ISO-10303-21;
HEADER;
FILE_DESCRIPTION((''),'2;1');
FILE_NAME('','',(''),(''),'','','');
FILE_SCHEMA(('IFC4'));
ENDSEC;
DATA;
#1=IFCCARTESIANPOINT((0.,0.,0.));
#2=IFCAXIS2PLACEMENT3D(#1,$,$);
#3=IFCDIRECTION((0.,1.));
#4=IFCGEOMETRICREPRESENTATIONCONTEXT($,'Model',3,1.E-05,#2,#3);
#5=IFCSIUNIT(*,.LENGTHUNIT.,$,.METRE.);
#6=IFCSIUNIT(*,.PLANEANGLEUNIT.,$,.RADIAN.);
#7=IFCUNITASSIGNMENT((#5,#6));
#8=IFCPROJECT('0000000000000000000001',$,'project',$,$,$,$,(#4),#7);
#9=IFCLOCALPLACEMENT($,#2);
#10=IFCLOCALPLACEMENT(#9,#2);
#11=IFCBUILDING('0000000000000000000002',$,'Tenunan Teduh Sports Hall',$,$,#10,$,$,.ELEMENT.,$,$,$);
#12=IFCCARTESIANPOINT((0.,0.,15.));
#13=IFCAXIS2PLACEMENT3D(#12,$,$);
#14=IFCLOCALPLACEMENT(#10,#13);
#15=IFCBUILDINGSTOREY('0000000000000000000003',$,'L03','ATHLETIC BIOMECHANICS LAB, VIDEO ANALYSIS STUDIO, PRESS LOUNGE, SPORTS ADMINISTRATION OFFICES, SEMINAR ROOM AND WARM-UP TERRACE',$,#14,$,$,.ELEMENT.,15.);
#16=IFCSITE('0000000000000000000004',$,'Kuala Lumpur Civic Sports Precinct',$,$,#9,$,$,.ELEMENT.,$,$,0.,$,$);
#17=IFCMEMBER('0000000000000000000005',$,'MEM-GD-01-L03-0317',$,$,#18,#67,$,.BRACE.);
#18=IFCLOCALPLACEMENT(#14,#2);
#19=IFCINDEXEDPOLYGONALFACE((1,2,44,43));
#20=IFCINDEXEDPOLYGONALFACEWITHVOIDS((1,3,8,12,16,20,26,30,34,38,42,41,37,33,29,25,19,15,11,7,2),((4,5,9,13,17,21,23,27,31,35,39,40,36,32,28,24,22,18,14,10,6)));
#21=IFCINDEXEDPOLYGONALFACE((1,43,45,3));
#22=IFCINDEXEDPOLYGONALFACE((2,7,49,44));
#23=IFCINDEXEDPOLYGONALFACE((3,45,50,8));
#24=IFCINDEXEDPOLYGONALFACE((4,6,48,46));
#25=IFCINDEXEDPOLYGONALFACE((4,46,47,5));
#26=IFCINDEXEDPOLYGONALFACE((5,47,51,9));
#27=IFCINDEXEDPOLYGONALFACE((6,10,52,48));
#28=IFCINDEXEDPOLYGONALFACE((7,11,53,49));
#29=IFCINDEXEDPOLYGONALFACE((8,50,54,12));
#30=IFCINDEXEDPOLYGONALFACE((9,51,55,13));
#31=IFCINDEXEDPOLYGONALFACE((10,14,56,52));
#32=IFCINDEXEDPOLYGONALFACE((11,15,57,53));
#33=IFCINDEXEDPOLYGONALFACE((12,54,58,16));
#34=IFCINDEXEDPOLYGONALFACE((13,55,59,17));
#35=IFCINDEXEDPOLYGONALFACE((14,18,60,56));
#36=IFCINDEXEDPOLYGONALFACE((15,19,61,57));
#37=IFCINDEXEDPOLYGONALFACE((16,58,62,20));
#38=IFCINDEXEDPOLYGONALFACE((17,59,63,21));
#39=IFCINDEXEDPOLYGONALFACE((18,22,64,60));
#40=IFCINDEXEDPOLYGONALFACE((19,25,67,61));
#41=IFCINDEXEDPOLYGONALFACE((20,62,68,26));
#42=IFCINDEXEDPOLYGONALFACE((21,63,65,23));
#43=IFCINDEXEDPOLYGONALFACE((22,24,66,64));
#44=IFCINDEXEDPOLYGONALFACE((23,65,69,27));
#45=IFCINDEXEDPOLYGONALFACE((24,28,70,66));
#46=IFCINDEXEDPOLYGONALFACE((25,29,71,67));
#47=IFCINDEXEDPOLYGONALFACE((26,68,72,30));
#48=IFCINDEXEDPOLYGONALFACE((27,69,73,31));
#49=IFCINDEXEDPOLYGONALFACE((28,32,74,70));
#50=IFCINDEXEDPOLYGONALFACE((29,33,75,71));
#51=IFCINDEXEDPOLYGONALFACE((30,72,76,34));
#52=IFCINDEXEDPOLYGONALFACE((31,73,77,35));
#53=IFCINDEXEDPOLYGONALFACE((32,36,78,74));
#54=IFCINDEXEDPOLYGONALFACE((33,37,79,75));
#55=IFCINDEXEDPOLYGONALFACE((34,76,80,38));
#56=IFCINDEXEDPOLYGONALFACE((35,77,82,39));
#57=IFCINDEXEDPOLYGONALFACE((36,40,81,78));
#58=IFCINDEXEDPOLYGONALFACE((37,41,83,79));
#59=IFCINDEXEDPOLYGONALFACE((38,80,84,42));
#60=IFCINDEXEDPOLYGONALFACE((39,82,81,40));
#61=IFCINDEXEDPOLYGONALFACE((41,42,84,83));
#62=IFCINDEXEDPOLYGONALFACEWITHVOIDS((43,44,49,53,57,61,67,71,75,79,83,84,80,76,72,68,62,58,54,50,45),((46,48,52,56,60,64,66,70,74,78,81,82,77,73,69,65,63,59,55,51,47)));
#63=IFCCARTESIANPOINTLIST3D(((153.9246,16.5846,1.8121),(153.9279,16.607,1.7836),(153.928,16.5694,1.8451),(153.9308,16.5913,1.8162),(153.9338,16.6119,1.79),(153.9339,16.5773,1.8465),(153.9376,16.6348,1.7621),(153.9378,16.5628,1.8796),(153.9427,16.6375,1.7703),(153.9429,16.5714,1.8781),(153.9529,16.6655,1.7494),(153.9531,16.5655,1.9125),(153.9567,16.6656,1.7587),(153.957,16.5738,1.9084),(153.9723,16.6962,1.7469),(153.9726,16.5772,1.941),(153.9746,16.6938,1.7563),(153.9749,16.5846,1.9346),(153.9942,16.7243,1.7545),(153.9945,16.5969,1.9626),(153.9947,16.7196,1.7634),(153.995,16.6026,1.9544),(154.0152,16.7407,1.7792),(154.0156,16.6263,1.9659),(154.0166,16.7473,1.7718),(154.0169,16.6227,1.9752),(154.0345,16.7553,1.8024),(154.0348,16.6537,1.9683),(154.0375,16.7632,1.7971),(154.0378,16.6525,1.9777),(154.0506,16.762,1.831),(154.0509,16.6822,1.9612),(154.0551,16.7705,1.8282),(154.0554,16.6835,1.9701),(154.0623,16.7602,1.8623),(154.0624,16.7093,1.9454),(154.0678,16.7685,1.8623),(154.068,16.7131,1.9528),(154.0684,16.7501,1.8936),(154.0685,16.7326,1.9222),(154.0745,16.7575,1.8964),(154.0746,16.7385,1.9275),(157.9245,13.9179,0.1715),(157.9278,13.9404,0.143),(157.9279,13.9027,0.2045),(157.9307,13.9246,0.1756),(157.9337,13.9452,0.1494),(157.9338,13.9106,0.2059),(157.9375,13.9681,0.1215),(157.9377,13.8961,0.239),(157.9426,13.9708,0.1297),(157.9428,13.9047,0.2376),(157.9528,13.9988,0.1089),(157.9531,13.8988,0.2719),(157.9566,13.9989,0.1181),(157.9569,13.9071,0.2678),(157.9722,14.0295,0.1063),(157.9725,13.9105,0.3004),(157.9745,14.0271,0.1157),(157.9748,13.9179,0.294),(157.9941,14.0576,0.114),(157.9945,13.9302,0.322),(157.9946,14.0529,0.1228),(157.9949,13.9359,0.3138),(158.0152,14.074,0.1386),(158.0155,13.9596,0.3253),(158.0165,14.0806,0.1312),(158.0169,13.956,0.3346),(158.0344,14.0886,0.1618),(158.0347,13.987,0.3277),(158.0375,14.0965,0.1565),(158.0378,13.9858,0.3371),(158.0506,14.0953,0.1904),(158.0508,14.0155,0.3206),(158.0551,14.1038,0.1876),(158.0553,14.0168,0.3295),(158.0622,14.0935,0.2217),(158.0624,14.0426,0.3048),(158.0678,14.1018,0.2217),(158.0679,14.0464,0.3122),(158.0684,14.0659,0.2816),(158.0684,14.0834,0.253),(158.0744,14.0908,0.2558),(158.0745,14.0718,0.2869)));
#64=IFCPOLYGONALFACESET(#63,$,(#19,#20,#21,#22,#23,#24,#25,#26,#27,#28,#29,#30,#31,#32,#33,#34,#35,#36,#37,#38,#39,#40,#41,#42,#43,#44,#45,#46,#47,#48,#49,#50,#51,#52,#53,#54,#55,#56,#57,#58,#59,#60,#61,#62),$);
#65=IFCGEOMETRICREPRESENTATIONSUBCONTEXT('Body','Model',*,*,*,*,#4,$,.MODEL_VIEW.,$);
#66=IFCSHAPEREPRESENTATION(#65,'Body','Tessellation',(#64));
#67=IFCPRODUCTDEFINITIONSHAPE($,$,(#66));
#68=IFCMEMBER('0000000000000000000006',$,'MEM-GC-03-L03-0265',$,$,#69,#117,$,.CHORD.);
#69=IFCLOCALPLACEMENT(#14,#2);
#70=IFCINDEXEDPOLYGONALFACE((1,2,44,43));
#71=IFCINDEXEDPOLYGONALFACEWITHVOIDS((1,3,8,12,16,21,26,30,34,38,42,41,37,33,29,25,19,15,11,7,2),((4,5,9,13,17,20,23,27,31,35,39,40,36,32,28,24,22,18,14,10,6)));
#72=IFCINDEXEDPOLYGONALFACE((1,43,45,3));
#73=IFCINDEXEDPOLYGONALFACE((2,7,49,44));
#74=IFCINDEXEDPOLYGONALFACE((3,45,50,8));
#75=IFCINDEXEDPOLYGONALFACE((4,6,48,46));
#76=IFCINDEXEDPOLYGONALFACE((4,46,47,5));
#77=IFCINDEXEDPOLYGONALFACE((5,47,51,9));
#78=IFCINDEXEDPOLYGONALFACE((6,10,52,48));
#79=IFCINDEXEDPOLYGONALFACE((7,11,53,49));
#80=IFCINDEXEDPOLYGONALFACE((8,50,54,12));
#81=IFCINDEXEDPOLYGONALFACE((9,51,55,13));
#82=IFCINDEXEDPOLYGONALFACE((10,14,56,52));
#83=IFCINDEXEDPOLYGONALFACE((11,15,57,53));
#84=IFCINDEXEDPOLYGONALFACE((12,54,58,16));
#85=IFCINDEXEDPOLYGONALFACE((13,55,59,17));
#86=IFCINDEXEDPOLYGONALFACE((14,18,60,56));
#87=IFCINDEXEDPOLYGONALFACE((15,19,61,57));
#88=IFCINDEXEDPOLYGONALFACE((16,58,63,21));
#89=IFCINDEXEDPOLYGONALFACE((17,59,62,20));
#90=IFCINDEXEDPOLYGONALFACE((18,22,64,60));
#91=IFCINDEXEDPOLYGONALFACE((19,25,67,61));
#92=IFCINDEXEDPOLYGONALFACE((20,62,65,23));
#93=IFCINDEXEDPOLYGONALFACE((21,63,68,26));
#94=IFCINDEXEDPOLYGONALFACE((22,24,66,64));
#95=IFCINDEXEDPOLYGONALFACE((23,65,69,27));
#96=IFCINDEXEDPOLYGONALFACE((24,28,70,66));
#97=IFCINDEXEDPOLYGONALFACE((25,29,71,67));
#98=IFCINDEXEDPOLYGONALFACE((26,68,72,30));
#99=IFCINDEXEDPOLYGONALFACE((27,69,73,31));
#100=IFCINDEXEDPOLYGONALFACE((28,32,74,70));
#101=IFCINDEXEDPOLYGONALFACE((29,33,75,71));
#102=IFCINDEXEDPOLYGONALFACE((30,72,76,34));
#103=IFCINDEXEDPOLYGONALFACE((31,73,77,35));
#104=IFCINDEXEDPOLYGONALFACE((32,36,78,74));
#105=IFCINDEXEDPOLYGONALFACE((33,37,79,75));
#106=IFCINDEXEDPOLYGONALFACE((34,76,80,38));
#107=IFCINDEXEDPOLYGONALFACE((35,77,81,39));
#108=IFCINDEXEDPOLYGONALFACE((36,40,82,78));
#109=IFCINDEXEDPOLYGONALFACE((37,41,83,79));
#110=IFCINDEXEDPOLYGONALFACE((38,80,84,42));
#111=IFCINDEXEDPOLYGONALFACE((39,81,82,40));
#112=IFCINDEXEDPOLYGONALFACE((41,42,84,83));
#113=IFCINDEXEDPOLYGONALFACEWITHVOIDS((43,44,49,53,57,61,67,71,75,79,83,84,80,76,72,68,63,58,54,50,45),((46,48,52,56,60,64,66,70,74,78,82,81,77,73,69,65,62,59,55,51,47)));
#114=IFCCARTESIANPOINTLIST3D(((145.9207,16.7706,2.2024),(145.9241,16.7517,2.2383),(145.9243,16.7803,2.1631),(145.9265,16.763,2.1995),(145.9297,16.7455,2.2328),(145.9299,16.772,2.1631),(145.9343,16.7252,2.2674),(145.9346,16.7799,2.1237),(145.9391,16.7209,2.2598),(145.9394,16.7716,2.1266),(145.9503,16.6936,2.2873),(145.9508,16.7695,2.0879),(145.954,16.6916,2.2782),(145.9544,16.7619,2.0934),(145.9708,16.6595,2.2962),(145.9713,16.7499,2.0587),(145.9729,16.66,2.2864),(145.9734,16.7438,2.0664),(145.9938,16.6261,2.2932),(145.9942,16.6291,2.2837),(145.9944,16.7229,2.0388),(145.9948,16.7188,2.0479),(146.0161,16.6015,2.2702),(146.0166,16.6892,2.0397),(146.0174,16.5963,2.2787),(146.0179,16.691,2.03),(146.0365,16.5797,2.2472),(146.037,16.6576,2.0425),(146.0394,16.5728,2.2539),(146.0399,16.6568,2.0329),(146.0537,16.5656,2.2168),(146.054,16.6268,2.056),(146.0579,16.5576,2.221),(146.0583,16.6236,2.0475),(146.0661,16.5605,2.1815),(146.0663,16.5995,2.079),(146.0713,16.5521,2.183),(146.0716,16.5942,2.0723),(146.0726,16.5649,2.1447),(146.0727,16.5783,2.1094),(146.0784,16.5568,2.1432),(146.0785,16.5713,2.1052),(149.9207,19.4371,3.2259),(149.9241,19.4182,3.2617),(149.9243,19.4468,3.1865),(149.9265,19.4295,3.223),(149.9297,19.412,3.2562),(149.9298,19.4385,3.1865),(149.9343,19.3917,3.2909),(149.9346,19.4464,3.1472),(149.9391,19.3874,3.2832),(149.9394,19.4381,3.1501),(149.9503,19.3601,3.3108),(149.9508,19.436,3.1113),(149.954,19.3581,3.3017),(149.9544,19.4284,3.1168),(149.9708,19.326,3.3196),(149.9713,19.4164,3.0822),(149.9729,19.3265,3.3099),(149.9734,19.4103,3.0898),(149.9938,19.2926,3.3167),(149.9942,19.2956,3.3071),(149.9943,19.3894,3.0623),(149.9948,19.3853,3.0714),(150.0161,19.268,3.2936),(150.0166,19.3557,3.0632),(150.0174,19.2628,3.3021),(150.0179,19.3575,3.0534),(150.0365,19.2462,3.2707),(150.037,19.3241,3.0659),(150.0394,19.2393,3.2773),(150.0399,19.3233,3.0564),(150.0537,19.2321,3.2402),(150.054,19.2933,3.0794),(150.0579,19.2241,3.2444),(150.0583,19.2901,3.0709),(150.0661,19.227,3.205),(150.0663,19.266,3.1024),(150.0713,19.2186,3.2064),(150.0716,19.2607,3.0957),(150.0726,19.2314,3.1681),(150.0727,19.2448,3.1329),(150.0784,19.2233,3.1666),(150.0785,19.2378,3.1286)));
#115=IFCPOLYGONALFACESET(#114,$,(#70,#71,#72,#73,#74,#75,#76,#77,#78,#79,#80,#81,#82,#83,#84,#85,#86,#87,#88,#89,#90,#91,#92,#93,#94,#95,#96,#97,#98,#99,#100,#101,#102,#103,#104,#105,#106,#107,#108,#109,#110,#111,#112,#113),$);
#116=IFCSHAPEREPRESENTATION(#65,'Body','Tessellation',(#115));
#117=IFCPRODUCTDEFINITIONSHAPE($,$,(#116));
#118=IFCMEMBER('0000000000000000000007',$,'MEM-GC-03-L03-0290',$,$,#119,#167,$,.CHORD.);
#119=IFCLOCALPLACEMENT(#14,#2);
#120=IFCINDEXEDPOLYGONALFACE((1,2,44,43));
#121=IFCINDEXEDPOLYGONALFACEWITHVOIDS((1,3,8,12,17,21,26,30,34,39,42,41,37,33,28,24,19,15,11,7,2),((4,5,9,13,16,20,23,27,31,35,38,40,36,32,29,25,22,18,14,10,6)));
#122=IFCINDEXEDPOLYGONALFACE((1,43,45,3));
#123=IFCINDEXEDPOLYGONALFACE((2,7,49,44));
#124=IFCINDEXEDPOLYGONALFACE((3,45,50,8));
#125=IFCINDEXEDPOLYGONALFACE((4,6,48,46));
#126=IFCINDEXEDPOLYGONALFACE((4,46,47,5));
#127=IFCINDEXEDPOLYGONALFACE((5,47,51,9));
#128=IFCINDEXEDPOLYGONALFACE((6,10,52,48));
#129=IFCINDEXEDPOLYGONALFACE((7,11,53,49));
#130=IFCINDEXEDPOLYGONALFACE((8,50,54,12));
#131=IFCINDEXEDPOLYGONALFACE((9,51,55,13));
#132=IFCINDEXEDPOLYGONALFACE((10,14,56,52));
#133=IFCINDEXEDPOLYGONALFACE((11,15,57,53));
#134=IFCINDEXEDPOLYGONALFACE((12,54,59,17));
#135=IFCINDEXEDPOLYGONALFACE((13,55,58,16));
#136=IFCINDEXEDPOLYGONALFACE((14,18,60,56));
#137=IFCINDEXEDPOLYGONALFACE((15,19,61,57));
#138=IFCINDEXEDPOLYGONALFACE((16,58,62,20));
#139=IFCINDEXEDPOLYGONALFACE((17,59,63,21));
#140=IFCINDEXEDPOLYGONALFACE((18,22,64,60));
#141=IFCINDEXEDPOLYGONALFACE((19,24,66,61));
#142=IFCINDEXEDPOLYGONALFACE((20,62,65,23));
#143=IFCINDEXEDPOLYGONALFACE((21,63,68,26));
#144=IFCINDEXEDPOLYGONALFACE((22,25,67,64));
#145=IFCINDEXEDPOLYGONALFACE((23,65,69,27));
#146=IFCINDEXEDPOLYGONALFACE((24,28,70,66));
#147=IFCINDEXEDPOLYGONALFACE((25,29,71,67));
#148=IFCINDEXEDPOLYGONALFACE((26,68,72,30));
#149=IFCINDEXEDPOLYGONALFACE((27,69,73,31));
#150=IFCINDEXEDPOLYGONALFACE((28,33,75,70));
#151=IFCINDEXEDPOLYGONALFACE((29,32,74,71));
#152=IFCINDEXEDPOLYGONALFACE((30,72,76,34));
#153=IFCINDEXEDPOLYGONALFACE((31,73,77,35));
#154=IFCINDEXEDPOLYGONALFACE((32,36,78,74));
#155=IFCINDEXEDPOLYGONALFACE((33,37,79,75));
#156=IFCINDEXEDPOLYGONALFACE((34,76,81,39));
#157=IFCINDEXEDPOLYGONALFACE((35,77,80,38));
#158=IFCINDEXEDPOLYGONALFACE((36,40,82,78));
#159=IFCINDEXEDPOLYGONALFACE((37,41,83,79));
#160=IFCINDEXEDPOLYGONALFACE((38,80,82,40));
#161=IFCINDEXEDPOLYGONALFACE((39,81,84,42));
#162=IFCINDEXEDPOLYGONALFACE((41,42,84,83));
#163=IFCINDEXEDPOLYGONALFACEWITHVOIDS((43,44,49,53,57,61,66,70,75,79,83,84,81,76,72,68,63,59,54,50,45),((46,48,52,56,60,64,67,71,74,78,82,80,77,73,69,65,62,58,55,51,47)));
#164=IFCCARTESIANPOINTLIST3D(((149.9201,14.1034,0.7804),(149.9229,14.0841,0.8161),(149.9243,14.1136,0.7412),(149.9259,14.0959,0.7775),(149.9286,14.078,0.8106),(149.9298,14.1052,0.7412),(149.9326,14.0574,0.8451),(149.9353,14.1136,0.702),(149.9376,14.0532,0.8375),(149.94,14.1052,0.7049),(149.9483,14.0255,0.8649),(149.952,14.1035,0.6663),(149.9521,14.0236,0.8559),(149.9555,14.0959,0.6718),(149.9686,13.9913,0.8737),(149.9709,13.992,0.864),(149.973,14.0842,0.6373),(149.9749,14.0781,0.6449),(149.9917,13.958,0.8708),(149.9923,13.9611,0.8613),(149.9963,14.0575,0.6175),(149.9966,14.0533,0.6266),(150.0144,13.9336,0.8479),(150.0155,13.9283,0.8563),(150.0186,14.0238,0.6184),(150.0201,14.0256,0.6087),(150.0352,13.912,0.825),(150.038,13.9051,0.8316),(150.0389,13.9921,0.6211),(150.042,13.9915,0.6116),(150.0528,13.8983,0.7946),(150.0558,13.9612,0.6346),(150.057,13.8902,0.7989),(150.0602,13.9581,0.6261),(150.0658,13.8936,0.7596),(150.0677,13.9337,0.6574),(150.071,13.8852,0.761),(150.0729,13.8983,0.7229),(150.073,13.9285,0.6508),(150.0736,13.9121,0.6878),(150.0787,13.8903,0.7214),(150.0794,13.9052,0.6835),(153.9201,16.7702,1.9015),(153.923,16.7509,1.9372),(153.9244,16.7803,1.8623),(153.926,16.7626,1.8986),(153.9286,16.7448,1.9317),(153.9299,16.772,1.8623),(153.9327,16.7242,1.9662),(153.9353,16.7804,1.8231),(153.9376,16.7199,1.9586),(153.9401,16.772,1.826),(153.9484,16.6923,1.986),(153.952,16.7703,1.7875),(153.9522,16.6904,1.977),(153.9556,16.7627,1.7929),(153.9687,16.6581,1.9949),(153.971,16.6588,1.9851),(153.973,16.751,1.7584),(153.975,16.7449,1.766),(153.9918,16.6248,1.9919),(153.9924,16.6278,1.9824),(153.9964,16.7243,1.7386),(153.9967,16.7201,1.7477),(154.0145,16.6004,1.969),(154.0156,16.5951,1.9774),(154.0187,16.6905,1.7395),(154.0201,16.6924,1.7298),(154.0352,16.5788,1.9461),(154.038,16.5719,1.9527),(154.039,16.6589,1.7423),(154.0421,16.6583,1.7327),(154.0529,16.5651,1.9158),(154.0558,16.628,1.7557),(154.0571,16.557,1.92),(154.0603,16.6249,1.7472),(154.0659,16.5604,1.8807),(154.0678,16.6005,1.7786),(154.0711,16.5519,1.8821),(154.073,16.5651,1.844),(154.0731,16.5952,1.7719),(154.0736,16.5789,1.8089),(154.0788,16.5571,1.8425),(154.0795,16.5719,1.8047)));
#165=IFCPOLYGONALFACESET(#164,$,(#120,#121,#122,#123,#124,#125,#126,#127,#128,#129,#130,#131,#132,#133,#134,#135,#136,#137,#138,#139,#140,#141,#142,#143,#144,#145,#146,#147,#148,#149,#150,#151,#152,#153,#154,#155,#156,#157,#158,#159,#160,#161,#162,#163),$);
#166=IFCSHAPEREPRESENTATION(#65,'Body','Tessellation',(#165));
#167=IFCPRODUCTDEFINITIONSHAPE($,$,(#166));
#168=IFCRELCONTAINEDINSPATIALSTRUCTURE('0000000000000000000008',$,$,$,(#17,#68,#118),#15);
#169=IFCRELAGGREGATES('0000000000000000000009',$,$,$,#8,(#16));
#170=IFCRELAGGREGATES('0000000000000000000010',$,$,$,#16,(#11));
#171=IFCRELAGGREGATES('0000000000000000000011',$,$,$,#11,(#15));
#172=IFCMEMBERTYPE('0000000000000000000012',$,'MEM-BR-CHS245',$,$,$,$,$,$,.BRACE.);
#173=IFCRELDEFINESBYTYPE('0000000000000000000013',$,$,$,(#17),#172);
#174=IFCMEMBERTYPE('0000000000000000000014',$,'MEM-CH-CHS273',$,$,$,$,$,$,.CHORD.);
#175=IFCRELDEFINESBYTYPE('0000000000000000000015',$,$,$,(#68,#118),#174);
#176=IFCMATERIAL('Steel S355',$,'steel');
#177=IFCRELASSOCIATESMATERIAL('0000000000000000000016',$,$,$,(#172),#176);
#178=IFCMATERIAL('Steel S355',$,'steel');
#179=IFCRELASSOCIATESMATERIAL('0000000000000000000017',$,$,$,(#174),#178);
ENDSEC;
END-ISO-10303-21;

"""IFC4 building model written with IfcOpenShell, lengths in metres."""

from ifc_helpers import new_model, si_unit, direction, frame, origin, origin_2d, place, context, subcontext, project, spatial, hollow_circle, extrude, material, material_profile, profile_set, type_object, element, save


model = new_model("IFC4")

# Units and contexts
model_context = context("Model", 3, precision=1e-05, world=origin(), true_north=direction((0.0, 1.0)))
body_context = subcontext(model_context, "Body", "Model", "MODEL_VIEW")
ifc_project = project(units=[si_unit("LENGTHUNIT", "METRE"), si_unit("PLANEANGLEUNIT", "RADIAN")], contexts=[model_context])

# Site, building, storey
site_placement = place(None, origin())
site = spatial("IfcSite", under=ifc_project, at=site_placement, Name="Kuala Lumpur Civic Sports Precinct", CompositionType="ELEMENT", RefElevation=0.0)
building_placement = place(site_placement, origin())
building = spatial("IfcBuilding", under=site, at=building_placement, Name="Tenunan Teduh Sports Hall", CompositionType="ELEMENT")
storey_placement = place(building_placement, frame((0.0, 0.0, 15.0)))
storey = spatial("IfcBuildingStorey", under=building, at=storey_placement, Name="L03", Description="ATHLETIC BIOMECHANICS LAB, VIDEO ANALYSIS STUDIO, PRESS LOUNGE, SPORTS ADMINISTRATION OFFICES, SEMINAR ROOM AND WARM-UP TERRACE", CompositionType="ELEMENT", Elevation=15.0)

# Members
ifc_material_1 = material(Name="Steel S355", Category="steel")
ifc_material_profile_1 = material_profile(ifc_material_1, hollow_circle(Radius=0.1223, WallThickness=0.01, at=origin_2d()), Name="CHS 244.5x10.0")
ifc_profile_set_1 = profile_set([ifc_material_profile_1], Name="Steel S355")
member_type_1 = type_object("IfcMemberType", Name="MEM-BR-CHS245", PredefinedType="BRACE", material=ifc_profile_set_1)
member_1_placement = place(storey_placement, frame((154.0, 16.6667, 1.8623), z_axis=(0.78745, -0.524983, -0.322978), x_axis=(0.554712, 0.832042, 0.0)))
element("IfcMember", 1, at=member_1_placement, inside=storey, type_object=member_type_1, Name="MEM-GD-01-L03-0317", PredefinedType="BRACE", context=body_context, shape_type="SweptSolid", body=[
    extrude(hollow_circle(Radius=0.1223, WallThickness=0.01, at=origin_2d()), origin(), (0.0, 0.0, 1.0), 5.0796),
])
ifc_material_2 = material(Name="Steel S355", Category="steel")
ifc_material_profile_2 = material_profile(ifc_material_2, hollow_circle(Radius=0.1365, WallThickness=0.01, at=origin_2d()), Name="CHS 273.0x10.0")
ifc_profile_set_2 = profile_set([ifc_material_profile_2], Name="Steel S355")
member_type_2 = type_object("IfcMemberType", Name="MEM-CH-CHS273", PredefinedType="CHORD", material=ifc_profile_set_2)
member_2_placement = place(storey_placement, frame((146.0, 16.6667, 2.1631), z_axis=(0.813828, 0.542519, 0.208225), x_axis=(-0.554677, 0.832066, 0.0)))
element("IfcMember", 2, at=member_2_placement, inside=storey, type_object=member_type_2, Name="MEM-GC-03-L03-0265", PredefinedType="CHORD", context=body_context, shape_type="SweptSolid", body=[
    extrude(hollow_circle(Radius=0.1365, WallThickness=0.01, at=origin_2d()), origin(), (0.0, 0.0, 1.0), 4.915),
])
member_3_placement = place(storey_placement, frame((150.0, 14.0, 0.7412), z_axis=(0.810301, 0.540217, 0.227106), x_axis=(-0.554712, 0.832042, 0.0)))
element("IfcMember", 3, at=member_3_placement, inside=storey, type_object=member_type_2, Name="MEM-GC-03-L03-0290", PredefinedType="CHORD", context=body_context, shape_type="SweptSolid", body=[
    extrude(hollow_circle(Radius=0.1365, WallThickness=0.01, at=origin_2d()), origin(), (0.0, 0.0, 1.0), 4.9365),
])

save(model, "model.ifc")
